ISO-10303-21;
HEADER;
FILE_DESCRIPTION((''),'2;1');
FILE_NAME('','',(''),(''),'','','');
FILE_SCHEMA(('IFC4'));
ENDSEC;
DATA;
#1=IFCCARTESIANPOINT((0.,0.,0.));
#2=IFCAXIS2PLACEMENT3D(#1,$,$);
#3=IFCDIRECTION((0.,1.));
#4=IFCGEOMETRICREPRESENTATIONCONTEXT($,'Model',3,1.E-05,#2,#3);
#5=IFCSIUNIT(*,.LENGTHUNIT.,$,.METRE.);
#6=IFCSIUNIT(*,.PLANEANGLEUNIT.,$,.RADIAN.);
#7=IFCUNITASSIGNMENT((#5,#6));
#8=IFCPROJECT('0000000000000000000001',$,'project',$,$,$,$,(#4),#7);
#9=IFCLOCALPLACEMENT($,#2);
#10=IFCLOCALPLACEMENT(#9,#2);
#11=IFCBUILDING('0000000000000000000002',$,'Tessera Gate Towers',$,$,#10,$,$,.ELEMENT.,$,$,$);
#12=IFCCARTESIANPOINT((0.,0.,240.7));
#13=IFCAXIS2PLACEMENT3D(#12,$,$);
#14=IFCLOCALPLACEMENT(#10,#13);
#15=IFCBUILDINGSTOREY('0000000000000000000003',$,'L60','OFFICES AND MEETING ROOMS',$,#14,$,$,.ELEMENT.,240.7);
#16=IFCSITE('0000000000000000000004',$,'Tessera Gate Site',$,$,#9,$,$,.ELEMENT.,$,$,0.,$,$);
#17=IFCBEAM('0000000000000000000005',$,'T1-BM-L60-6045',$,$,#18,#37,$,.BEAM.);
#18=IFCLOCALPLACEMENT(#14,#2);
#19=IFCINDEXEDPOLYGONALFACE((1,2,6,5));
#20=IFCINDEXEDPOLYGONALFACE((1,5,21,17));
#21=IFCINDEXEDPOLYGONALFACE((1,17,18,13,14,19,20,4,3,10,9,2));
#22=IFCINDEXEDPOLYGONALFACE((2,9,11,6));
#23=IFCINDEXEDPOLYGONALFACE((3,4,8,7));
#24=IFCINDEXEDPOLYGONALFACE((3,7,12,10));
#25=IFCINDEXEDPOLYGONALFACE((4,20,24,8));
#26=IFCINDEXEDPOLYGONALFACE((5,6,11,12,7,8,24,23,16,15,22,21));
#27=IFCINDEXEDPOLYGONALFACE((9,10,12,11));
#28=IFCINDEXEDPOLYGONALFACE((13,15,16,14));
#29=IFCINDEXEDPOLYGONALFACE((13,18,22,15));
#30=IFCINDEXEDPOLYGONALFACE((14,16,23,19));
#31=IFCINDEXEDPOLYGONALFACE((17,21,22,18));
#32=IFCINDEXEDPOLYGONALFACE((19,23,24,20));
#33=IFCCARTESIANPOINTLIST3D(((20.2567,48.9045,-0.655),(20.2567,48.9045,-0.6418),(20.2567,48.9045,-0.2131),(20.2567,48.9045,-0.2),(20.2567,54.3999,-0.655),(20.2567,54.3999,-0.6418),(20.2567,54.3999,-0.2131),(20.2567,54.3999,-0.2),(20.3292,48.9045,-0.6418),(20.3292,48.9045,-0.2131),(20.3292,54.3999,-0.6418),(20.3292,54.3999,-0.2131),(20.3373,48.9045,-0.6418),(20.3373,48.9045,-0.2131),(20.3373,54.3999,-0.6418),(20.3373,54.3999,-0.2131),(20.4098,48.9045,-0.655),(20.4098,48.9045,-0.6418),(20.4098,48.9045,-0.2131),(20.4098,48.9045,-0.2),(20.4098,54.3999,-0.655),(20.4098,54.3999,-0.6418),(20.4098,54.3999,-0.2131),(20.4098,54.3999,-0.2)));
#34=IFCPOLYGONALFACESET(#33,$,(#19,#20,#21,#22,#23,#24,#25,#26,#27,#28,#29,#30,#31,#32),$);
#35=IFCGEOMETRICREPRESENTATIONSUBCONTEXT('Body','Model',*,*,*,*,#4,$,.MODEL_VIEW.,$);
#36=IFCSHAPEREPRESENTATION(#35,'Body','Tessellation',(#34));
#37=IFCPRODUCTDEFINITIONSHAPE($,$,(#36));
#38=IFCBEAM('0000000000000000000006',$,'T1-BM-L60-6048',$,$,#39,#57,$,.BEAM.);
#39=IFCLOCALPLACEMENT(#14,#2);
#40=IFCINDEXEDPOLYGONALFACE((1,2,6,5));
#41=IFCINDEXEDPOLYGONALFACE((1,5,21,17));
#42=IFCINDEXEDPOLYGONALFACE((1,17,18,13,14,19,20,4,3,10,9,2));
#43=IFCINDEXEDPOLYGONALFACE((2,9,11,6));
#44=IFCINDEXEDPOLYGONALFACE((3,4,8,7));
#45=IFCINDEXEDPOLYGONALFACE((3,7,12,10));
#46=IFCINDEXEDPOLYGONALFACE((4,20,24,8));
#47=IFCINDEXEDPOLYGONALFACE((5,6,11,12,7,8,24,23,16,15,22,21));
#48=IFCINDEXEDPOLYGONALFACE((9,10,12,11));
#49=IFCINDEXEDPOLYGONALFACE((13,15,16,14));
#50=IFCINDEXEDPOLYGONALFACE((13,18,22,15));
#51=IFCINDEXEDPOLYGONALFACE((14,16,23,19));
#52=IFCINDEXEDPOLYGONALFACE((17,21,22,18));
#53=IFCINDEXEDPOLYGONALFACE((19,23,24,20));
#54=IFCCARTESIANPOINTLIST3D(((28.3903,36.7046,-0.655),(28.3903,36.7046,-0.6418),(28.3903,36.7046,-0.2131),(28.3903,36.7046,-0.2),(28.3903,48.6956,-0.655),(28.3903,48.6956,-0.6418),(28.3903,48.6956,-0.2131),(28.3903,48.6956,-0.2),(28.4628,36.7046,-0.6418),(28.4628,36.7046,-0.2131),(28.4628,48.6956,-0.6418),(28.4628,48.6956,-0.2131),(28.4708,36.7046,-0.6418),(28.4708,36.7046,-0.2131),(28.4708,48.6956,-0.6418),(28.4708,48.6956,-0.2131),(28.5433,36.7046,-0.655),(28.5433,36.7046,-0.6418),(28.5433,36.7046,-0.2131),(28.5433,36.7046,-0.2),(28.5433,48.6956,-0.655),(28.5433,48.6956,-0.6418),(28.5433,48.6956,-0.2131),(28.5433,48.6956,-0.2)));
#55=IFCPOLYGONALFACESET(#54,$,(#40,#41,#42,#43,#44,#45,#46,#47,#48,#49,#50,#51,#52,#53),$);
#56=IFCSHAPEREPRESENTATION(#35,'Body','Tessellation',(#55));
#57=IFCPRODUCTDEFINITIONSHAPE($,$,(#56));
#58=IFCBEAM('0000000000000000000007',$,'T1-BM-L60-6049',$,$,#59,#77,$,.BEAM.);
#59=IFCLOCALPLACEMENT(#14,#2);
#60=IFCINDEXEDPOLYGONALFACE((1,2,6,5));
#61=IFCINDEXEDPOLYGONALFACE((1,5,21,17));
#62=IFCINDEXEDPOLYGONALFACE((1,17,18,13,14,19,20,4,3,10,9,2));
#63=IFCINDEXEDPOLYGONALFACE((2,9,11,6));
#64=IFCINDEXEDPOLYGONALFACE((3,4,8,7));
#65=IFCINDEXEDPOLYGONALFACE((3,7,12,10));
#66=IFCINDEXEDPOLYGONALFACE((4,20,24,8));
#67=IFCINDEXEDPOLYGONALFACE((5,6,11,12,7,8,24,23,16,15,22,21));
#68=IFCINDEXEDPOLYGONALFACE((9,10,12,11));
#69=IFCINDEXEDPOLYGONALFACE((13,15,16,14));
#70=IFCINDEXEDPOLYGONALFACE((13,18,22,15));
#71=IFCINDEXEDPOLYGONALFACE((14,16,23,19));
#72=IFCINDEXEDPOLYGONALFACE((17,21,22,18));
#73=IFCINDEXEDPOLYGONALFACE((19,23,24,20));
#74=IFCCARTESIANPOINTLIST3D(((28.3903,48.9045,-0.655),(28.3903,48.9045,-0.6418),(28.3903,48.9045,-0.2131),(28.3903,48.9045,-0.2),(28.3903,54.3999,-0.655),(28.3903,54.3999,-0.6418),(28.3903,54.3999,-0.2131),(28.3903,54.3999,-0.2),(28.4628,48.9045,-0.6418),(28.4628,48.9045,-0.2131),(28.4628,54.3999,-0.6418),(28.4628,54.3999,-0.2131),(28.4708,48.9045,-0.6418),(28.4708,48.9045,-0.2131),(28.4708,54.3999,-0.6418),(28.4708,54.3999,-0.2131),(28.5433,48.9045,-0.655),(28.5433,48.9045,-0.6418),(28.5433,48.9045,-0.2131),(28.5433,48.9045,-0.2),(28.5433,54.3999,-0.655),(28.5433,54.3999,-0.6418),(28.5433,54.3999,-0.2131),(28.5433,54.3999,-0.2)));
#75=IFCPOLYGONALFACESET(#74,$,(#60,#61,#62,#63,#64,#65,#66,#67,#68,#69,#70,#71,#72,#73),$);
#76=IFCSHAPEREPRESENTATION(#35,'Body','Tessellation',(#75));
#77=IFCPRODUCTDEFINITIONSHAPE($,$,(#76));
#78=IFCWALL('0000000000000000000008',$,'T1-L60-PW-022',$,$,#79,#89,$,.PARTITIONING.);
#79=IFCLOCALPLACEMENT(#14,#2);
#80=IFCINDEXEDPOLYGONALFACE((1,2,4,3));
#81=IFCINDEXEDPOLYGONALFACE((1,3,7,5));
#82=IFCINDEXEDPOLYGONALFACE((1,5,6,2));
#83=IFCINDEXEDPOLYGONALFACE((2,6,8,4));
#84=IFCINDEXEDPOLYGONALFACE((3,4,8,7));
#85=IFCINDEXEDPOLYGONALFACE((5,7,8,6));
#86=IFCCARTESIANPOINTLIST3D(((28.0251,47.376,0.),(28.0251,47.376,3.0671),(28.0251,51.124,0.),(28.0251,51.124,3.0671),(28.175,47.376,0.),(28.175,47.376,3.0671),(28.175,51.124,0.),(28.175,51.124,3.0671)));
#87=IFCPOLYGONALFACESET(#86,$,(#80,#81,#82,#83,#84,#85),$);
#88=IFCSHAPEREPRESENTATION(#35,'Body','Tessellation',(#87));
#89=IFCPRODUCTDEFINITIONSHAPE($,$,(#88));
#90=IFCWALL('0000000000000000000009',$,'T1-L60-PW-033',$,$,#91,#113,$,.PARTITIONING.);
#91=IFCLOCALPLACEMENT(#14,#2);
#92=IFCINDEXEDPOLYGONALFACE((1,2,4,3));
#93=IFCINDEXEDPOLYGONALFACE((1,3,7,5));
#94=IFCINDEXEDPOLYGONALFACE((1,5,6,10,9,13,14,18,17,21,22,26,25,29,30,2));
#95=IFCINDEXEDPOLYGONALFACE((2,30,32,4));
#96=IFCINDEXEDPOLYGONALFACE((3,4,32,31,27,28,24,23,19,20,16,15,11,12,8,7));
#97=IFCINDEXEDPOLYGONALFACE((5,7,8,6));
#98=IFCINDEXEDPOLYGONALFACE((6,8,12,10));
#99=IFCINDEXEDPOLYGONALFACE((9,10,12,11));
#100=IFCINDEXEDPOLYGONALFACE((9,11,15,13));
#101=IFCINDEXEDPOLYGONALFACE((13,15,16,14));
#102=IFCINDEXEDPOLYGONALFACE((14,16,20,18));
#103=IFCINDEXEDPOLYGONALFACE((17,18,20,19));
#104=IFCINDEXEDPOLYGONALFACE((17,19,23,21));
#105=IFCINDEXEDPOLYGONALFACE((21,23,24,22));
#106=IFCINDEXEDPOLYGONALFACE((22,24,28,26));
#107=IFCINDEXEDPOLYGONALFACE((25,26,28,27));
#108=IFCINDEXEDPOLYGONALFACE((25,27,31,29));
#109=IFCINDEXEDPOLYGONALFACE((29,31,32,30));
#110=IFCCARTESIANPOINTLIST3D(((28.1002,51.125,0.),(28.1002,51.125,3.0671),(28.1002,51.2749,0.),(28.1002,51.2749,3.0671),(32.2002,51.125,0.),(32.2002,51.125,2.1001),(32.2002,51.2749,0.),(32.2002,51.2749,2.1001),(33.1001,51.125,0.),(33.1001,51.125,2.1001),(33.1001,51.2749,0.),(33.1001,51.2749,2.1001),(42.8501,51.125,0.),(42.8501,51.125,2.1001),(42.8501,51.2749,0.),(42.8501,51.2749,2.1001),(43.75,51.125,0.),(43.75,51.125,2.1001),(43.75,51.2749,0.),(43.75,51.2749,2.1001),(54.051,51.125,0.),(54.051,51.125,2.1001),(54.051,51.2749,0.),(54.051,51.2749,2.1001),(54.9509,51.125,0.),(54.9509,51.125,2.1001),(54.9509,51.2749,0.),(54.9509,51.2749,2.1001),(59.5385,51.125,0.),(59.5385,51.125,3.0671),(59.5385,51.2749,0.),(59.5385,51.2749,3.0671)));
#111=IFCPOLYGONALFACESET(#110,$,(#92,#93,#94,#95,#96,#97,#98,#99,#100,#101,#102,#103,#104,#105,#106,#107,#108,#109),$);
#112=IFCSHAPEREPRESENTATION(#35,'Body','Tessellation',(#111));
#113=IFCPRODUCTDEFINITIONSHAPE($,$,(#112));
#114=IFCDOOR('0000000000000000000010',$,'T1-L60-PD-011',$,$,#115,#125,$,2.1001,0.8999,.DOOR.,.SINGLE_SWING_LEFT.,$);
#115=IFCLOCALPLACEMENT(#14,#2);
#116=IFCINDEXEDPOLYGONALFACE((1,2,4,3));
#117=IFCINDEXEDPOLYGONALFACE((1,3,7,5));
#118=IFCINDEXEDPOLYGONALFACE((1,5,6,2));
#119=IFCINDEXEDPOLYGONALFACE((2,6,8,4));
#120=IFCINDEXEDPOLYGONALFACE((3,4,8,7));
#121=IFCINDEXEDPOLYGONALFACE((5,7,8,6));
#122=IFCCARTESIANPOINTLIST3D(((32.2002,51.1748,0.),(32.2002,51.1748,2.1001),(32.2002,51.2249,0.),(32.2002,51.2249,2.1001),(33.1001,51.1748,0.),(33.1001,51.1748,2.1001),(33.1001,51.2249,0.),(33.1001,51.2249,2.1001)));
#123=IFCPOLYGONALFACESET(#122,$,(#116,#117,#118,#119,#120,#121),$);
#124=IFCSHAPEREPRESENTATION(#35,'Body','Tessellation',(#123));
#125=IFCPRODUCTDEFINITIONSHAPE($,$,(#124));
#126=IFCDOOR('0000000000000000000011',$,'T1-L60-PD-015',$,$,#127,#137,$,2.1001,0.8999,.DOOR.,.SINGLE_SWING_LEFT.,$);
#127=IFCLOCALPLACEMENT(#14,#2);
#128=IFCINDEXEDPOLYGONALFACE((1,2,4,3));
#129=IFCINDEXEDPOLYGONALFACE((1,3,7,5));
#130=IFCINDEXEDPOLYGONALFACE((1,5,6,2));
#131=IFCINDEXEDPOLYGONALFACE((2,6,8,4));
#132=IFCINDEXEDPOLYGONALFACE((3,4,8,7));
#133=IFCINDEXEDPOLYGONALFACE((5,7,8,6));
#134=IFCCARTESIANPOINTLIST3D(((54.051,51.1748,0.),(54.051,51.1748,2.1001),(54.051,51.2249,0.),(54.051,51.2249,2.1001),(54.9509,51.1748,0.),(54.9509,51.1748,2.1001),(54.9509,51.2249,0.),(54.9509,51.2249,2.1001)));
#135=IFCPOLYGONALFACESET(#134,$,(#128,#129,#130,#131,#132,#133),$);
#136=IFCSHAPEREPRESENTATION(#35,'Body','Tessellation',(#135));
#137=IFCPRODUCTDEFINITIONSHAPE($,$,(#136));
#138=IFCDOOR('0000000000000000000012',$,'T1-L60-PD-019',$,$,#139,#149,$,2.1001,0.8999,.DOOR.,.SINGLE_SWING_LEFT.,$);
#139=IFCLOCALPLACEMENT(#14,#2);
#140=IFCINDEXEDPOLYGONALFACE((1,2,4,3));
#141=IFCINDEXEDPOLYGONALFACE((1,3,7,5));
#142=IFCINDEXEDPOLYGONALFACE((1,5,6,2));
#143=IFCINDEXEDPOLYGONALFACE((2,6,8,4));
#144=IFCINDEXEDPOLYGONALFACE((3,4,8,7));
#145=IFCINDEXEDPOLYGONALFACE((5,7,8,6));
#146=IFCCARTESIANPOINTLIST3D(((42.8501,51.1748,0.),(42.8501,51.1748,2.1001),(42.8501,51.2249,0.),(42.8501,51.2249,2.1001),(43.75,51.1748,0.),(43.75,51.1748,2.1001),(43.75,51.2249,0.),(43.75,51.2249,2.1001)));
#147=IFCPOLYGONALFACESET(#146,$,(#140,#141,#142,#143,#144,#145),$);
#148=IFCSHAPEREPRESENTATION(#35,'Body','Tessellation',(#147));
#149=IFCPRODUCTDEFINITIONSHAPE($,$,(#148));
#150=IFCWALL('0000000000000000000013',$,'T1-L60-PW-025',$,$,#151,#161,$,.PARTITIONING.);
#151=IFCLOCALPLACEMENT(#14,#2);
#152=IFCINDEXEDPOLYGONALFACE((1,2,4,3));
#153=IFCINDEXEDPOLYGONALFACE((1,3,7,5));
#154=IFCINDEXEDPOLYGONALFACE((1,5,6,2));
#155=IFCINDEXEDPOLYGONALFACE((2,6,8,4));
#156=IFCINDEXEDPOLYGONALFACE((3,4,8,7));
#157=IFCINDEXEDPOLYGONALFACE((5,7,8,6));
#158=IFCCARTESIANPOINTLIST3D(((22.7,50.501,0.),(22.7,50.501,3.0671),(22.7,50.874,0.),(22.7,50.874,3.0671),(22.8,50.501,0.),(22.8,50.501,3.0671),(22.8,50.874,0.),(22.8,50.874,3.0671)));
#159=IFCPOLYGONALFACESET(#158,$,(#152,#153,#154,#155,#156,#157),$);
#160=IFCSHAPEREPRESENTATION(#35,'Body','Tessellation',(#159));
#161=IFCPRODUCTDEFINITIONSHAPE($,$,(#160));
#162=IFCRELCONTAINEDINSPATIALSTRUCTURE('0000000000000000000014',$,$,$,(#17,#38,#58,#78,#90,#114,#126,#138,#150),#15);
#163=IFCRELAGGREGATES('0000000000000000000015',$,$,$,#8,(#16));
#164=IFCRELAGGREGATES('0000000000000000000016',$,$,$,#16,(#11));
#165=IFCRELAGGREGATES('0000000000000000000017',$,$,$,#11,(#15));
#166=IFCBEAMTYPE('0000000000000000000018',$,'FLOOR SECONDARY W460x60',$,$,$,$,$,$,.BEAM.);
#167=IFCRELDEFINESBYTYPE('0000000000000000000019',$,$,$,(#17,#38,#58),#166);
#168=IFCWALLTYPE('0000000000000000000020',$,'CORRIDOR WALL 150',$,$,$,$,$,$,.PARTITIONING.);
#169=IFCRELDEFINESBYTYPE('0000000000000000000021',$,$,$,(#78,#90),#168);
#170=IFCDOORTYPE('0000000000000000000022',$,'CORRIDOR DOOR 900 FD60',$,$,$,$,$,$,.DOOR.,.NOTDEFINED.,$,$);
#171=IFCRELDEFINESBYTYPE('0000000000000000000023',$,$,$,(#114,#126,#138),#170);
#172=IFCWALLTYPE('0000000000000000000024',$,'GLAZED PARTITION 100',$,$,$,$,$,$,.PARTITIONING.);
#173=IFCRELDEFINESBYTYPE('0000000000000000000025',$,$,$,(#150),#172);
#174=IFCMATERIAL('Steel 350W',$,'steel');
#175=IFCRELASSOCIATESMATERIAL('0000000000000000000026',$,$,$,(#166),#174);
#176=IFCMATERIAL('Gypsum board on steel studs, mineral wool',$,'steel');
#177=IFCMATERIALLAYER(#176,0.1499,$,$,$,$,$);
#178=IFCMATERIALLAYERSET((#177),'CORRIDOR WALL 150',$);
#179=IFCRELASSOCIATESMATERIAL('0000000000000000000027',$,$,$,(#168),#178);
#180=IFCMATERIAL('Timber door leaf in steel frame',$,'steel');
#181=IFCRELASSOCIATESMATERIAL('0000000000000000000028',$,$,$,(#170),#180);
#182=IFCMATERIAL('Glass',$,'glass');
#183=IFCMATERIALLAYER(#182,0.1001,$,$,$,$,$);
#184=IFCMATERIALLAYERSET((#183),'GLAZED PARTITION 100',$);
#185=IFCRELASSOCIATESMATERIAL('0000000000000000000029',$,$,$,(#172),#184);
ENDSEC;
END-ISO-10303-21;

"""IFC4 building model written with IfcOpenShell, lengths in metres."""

from ifc_helpers import new_model, si_unit, direction, frame, frame_2d, origin, origin_2d, place, context, subcontext, project, spatial, rectangle, i_section, extrude, source, transform, mapped, material, layer, layer_set, material_profile, profile_set, type_object, element, fill, save


model = new_model("IFC4")

# Units and contexts
model_context = context("Model", 3, precision=1e-05, world=origin(), true_north=direction((0.0, 1.0)))
body_context = subcontext(model_context, "Body", "Model", "MODEL_VIEW")
ifc_project = project(units=[si_unit("LENGTHUNIT", "METRE"), si_unit("PLANEANGLEUNIT", "RADIAN")], contexts=[model_context])

# Site, building, storey
site_placement = place(None, origin())
site = spatial("IfcSite", under=ifc_project, at=site_placement, Name="Tessera Gate Site", CompositionType="ELEMENT", RefElevation=0.0)
building_placement = place(site_placement, origin())
building = spatial("IfcBuilding", under=site, at=building_placement, Name="Tessera Gate Towers", CompositionType="ELEMENT")
storey_placement = place(building_placement, frame((0.0, 0.0, 240.7)))
storey = spatial("IfcBuildingStorey", under=building, at=storey_placement, Name="L60", Description="OFFICES AND MEETING ROOMS", CompositionType="ELEMENT", Elevation=240.7)

# Beams
ifc_material_1 = material(Name="Steel 350W", Category="steel")
ifc_material_profile_1 = material_profile(ifc_material_1, i_section(OverallWidth=0.1531, OverallDepth=0.4551, WebThickness=0.0081, FlangeThickness=0.0132, at=origin_2d()), Name="W460x60")
ifc_profile_set_1 = profile_set([ifc_material_profile_1], Name="Steel 350W")
beam_type_1 = type_object("IfcBeamType", Name="FLOOR SECONDARY W460x60", PredefinedType="BEAM", material=ifc_profile_set_1)
beam_1_placement = place(storey_placement, frame((20.3333, 48.9045, -0.4275), z_axis=(0.0, 1.0, 0.0), x_axis=(-1.0, 0.0, 0.0)))
element("IfcBeam", 1, at=beam_1_placement, inside=storey, type_object=beam_type_1, Name="T1-BM-L60-6045", PredefinedType="BEAM", context=body_context, shape_type="SweptSolid", body=[
    extrude(i_section(OverallWidth=0.1531, OverallDepth=0.4551, WebThickness=0.0081, FlangeThickness=0.0132, at=origin_2d()), origin(), (0.0, 0.0, 1.0), 5.4954),
])
beam_2_placement = place(storey_placement, frame((28.4668, 36.7046, -0.4275), z_axis=(0.0, 1.0, 0.0), x_axis=(-1.0, 0.0, 0.0)))
element("IfcBeam", 2, at=beam_2_placement, inside=storey, type_object=beam_type_1, Name="T1-BM-L60-6048", PredefinedType="BEAM", context=body_context, shape_type="SweptSolid", body=[
    extrude(i_section(OverallWidth=0.1531, OverallDepth=0.4551, WebThickness=0.0081, FlangeThickness=0.0132, at=origin_2d()), origin(), (0.0, 0.0, 1.0), 11.991),
])
beam_3_placement = place(storey_placement, frame((28.4668, 48.9045, -0.4275), z_axis=(0.0, 1.0, 0.0), x_axis=(-1.0, 0.0, 0.0)))
element("IfcBeam", 3, at=beam_3_placement, inside=storey, type_object=beam_type_1, Name="T1-BM-L60-6049", PredefinedType="BEAM", context=body_context, shape_type="SweptSolid", body=[
    extrude(i_section(OverallWidth=0.1531, OverallDepth=0.4551, WebThickness=0.0081, FlangeThickness=0.0132, at=origin_2d()), origin(), (0.0, 0.0, 1.0), 5.4954),
])

# Wall
ifc_material_2 = material(Name="Gypsum board on steel studs, mineral wool", Category="steel")
ifc_layer_1 = layer(ifc_material_2, 0.1499)
ifc_layer_set_1 = layer_set([ifc_layer_1], Name="CORRIDOR WALL 150")
wall_type_1 = type_object("IfcWallType", Name="CORRIDOR WALL 150", PredefinedType="PARTITIONING", material=ifc_layer_set_1)
wall_1_placement = place(storey_placement, frame((28.1001, 47.376, 0.0), z_axis=(0.0, 0.0, 1.0), x_axis=(0.0, 1.0, 0.0)))
element("IfcWall", 4, at=wall_1_placement, inside=storey, type_object=wall_type_1, Name="T1-L60-PW-022", PredefinedType="PARTITIONING", context=body_context, shape_type="SweptSolid", body=[
    extrude(rectangle(XDim=3.748, YDim=0.1499, at=frame_2d((1.874, 0.0))), origin(), (0.0, 0.0, 1.0), 3.0671),
])

# Wall, openings, doors
wall_2_placement = place(storey_placement, frame((28.1001, 51.2, 0.0), z_axis=(0.0, 0.0, 1.0), x_axis=(1.0, 0.0, 0.0)))
wall_2 = element("IfcWall", 5, at=wall_2_placement, inside=storey, type_object=wall_type_1, Name="T1-L60-PW-033", PredefinedType="PARTITIONING", context=body_context, shape_type="SweptSolid", body=[
    extrude(rectangle(XDim=31.4382, YDim=0.1499, at=frame_2d((15.7192, 0.0))), origin(), (0.0, 0.0, 1.0), 3.0671),
])
shared_shape_1 = source(origin(), body_context, "Body", "SweptSolid", [
    extrude(rectangle(XDim=0.8999, YDim=2.1001, at=frame_2d((0.45, 1.05))), frame((0.0, 0.085, 0.0), z_axis=(0.0, -1.0, 0.0), x_axis=(1.0, 0.0, 0.0)), (0.0, 0.0, 1.0), 0.1699),
])
opening_1_placement = place(wall_2_placement, frame((4.1001, 0.0, 0.0)))
opening_1 = element("IfcOpeningElement", 6, at=opening_1_placement, cuts=wall_2, PredefinedType="OPENING", context=body_context, shape_type="MappedRepresentation", body=[
    mapped(shared_shape_1, transform((0.0, 0.0, 0.0), scale=1.0)),
])
opening_2_placement = place(wall_2_placement, frame((25.9509, 0.0, 0.0)))
opening_2 = element("IfcOpeningElement", 7, at=opening_2_placement, cuts=wall_2, PredefinedType="OPENING", context=body_context, shape_type="MappedRepresentation", body=[
    mapped(shared_shape_1, transform((0.0, 0.0, 0.0), scale=1.0)),
])
opening_3_placement = place(wall_2_placement, frame((14.75, 0.0, 0.0)))
opening_3 = element("IfcOpeningElement", 8, at=opening_3_placement, cuts=wall_2, PredefinedType="OPENING", context=body_context, shape_type="MappedRepresentation", body=[
    mapped(shared_shape_1, transform((0.0, 0.0, 0.0), scale=1.0)),
])
ifc_material_3 = material(Name="Timber door leaf in steel frame", Category="steel")
door_type_1 = type_object("IfcDoorType", Name="CORRIDOR DOOR 900 FD60", OperationType="NOTDEFINED", PredefinedType="DOOR", material=ifc_material_3)
shared_shape_2 = source(origin(), body_context, "Body", "SweptSolid", [
    extrude(rectangle(XDim=0.8999, YDim=2.1001, at=frame_2d((0.45, 1.05))), frame((0.0, 0.0249, 0.0), z_axis=(0.0, -1.0, 0.0), x_axis=(1.0, 0.0, 0.0)), (0.0, 0.0, 1.0), 0.05),
])
door_1_placement = place(opening_1_placement, origin())
door_1 = element("IfcDoor", 9, at=door_1_placement, inside=storey, type_object=door_type_1, Name="T1-L60-PD-011", OperationType="SINGLE_SWING_LEFT", OverallHeight=2.1001, OverallWidth=0.8999, PredefinedType="DOOR", context=body_context, shape_type="MappedRepresentation", body=[
    mapped(shared_shape_2, transform((0.0, 0.0, 0.0), scale=1.0)),
])
fill(opening_1, door_1)
door_2_placement = place(opening_2_placement, origin())
door_2 = element("IfcDoor", 10, at=door_2_placement, inside=storey, type_object=door_type_1, Name="T1-L60-PD-015", OperationType="SINGLE_SWING_LEFT", OverallHeight=2.1001, OverallWidth=0.8999, PredefinedType="DOOR", context=body_context, shape_type="MappedRepresentation", body=[
    mapped(shared_shape_2, transform((0.0, 0.0, 0.0), scale=1.0)),
])
fill(opening_2, door_2)
door_3_placement = place(opening_3_placement, origin())
door_3 = element("IfcDoor", 11, at=door_3_placement, inside=storey, type_object=door_type_1, Name="T1-L60-PD-019", OperationType="SINGLE_SWING_LEFT", OverallHeight=2.1001, OverallWidth=0.8999, PredefinedType="DOOR", context=body_context, shape_type="MappedRepresentation", body=[
    mapped(shared_shape_2, transform((0.0, 0.0, 0.0), scale=1.0)),
])
fill(opening_3, door_3)

# Wall
ifc_material_4 = material(Name="Glass", Category="glass")
ifc_layer_2 = layer(ifc_material_4, 0.1001)
ifc_layer_set_2 = layer_set([ifc_layer_2], Name="GLAZED PARTITION 100")
wall_type_2 = type_object("IfcWallType", Name="GLAZED PARTITION 100", PredefinedType="PARTITIONING", material=ifc_layer_set_2)
wall_3_placement = place(storey_placement, frame((22.75, 50.501, 0.0), z_axis=(0.0, 0.0, 1.0), x_axis=(0.0, 1.0, 0.0)))
element("IfcWall", 12, at=wall_3_placement, inside=storey, type_object=wall_type_2, Name="T1-L60-PW-025", PredefinedType="PARTITIONING", context=body_context, shape_type="SweptSolid", body=[
    extrude(rectangle(XDim=0.373, YDim=0.1001, at=frame_2d((0.1865, 0.0))), origin(), (0.0, 0.0, 1.0), 3.0671),
])

save(model, "model.ifc")
